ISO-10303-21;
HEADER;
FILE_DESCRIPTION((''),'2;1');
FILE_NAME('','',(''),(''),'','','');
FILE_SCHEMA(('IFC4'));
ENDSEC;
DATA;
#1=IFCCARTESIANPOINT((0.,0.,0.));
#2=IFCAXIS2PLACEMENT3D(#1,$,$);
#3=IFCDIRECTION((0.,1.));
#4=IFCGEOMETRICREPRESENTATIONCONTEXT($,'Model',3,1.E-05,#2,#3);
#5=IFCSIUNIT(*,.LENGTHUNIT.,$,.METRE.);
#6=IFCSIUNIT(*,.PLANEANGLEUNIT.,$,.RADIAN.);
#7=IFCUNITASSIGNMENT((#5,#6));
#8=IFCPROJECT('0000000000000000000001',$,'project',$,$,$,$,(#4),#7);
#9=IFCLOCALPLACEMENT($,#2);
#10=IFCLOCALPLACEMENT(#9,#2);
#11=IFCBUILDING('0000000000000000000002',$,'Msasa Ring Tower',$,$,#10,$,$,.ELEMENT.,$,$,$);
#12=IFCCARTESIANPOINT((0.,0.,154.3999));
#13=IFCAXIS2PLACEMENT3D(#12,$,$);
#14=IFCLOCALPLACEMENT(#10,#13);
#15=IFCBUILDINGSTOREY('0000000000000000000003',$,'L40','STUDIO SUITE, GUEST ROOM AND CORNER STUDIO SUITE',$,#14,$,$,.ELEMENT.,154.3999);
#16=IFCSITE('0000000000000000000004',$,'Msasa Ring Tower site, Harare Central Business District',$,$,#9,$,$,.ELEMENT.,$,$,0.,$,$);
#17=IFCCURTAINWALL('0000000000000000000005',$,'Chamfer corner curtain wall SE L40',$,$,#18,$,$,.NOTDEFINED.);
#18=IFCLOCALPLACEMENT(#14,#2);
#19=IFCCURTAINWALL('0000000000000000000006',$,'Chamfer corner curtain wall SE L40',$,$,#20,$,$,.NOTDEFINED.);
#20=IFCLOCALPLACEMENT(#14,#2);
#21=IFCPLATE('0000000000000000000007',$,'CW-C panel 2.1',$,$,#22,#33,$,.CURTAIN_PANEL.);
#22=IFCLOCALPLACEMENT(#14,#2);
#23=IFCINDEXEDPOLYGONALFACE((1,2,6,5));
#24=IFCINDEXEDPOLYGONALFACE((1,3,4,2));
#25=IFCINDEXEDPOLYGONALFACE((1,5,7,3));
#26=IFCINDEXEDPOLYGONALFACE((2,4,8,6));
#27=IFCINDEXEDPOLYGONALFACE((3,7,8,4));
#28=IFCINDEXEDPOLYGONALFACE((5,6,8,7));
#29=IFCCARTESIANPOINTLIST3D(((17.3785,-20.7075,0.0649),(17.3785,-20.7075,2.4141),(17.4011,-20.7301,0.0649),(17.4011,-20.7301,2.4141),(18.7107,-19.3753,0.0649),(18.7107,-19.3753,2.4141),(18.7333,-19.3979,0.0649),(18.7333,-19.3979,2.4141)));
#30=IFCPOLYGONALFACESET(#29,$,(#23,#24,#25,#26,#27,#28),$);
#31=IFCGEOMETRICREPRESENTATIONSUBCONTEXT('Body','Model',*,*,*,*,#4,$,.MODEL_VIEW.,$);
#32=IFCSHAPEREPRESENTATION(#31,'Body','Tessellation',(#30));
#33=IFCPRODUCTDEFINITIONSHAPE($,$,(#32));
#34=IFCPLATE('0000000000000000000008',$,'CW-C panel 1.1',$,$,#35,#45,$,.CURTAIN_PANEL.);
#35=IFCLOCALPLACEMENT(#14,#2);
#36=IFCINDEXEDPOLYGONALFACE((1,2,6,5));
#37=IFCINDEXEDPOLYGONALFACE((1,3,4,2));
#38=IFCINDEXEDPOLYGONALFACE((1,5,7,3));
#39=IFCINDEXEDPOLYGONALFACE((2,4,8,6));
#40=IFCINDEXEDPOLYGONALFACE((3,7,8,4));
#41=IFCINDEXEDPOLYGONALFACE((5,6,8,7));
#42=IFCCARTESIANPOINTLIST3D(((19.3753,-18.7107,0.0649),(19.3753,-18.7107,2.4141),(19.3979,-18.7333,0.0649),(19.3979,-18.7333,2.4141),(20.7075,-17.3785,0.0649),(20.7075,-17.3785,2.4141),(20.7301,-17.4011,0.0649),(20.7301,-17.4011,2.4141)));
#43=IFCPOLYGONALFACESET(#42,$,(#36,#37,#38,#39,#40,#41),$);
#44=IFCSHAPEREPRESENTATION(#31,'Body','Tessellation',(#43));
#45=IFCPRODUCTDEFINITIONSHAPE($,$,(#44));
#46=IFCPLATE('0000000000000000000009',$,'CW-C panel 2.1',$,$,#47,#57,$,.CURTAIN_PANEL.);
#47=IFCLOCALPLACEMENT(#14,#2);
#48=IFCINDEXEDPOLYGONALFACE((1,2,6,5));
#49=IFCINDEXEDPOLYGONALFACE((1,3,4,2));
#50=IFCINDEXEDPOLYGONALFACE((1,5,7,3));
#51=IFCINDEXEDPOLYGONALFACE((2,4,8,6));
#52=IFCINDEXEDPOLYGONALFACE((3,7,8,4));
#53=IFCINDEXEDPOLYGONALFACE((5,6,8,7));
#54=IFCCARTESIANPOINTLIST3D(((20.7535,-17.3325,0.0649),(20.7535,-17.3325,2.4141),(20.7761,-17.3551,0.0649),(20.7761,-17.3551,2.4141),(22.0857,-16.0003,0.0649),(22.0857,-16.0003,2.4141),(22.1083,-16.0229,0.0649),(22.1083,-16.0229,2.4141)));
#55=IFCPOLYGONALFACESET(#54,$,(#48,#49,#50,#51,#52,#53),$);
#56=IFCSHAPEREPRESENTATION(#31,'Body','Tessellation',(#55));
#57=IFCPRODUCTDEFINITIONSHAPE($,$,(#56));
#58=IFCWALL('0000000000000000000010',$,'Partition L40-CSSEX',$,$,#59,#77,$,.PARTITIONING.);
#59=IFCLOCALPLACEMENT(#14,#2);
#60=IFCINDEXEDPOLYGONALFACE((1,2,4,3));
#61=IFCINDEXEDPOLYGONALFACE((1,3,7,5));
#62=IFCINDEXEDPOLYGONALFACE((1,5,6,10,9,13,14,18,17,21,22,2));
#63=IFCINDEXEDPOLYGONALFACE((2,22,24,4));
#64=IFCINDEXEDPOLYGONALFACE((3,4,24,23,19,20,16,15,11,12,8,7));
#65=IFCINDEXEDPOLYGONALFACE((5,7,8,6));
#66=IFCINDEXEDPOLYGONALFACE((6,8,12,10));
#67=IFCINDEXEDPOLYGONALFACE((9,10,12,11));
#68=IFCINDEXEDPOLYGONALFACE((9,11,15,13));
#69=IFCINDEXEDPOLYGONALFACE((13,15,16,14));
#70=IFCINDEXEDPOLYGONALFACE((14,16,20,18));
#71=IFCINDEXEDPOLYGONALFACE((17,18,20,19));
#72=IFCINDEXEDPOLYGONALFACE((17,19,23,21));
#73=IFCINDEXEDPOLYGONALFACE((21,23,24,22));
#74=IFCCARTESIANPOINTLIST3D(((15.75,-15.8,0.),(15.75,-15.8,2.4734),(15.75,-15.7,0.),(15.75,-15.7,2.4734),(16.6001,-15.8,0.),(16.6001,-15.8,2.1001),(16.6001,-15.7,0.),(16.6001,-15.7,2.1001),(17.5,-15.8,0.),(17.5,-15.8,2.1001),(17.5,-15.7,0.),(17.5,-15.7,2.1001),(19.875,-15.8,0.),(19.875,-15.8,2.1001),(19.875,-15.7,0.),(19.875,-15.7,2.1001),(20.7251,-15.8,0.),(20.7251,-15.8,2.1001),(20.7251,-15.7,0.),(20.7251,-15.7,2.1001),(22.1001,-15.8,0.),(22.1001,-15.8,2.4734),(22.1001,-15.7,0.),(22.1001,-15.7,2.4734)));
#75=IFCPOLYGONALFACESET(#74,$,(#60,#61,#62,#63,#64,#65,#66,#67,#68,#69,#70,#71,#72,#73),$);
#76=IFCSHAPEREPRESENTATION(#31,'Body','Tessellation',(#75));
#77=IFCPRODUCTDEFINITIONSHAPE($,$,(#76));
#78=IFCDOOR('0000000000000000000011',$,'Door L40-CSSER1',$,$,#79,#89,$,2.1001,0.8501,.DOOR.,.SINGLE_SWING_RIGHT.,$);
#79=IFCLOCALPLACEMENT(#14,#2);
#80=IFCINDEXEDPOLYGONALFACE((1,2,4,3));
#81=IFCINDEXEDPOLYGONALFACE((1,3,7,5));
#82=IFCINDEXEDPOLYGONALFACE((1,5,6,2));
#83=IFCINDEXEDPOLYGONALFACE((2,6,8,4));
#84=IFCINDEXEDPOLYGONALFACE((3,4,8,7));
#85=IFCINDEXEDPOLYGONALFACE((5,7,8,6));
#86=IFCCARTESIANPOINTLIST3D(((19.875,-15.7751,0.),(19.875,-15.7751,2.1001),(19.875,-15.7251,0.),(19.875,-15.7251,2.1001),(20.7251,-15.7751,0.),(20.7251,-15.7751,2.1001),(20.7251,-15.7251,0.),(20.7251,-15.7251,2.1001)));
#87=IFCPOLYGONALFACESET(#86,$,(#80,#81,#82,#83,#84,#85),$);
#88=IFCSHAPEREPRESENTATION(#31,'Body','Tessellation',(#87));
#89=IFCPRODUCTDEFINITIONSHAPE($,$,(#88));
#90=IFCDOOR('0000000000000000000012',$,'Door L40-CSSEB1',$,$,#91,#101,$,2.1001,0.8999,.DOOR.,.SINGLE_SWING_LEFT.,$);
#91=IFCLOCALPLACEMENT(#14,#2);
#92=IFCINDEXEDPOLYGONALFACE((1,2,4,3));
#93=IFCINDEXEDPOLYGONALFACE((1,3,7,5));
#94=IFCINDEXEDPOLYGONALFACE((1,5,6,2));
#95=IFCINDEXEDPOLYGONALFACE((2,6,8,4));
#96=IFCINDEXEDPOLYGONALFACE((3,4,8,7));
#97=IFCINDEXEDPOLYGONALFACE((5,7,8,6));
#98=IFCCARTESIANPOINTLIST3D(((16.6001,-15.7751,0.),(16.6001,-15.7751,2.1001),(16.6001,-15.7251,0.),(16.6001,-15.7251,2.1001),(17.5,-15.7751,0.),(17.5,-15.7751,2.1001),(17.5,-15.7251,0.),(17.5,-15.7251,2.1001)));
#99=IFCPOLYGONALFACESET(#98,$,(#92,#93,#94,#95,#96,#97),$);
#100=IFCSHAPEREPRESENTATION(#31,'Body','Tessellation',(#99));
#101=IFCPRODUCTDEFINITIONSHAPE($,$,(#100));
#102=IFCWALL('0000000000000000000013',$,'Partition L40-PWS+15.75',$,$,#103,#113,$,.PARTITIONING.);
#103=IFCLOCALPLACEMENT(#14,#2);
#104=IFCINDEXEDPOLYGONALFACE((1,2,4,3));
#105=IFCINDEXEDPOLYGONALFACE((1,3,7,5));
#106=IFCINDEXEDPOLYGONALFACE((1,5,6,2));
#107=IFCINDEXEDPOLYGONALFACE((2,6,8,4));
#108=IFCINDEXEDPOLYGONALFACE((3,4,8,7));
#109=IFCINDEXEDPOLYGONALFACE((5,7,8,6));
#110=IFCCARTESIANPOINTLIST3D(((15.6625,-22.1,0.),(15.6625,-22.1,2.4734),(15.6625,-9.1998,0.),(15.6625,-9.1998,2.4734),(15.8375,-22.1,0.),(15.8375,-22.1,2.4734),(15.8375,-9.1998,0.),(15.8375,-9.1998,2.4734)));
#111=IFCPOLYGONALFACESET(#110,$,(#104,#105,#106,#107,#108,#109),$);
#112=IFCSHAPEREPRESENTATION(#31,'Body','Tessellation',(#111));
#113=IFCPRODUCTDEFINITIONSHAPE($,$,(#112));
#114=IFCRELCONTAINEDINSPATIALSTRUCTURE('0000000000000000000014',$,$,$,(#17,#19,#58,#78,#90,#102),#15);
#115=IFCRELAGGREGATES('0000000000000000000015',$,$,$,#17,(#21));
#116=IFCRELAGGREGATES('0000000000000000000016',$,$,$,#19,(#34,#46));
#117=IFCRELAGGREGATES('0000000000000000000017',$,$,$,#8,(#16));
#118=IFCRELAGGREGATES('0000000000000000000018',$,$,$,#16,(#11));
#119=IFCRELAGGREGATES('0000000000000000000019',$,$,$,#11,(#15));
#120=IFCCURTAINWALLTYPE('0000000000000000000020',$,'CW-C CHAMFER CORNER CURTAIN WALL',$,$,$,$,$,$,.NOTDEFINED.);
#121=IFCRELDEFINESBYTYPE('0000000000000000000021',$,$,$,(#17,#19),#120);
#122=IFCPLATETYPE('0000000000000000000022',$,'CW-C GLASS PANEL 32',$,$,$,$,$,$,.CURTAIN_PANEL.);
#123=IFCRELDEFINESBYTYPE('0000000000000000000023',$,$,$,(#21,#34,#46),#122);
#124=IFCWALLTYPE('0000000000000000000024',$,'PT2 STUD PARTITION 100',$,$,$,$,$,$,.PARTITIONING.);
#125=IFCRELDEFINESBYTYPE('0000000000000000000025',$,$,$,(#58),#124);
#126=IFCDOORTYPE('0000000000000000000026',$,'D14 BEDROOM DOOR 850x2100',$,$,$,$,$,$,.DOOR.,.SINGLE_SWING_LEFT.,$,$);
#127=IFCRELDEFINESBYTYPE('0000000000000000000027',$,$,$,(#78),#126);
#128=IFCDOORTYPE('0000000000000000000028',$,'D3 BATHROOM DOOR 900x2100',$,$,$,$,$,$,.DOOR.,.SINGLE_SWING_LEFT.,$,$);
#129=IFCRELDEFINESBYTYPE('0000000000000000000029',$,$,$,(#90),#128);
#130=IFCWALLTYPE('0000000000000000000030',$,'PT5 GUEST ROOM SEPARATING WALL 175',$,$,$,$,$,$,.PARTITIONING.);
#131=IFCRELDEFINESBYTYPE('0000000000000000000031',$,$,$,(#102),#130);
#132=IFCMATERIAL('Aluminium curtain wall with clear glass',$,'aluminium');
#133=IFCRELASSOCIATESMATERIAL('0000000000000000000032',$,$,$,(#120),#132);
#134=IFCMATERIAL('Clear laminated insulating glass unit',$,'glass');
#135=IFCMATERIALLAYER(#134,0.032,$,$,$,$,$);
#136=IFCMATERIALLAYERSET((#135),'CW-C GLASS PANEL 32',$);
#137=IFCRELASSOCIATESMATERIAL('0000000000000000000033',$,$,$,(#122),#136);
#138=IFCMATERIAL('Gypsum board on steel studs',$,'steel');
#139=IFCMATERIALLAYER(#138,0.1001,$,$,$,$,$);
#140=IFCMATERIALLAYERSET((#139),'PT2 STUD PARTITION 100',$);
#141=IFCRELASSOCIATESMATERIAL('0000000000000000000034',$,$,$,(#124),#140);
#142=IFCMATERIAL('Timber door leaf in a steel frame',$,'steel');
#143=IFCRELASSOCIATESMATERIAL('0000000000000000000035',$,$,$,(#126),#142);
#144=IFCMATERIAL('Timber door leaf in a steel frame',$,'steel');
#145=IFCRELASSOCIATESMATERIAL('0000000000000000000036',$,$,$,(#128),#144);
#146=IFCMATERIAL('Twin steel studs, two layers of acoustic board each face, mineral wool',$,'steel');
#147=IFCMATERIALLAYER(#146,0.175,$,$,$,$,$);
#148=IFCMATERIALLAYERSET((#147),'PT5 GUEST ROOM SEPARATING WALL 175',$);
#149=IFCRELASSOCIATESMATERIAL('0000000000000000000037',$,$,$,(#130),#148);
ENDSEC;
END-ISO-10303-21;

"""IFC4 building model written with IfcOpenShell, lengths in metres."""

from ifc_helpers import new_model, si_unit, direction, frame, frame_2d, origin, origin_2d, place, context, subcontext, project, spatial, rectangle, extrude, material, layer, layer_set, type_object, element, fill, aggregate, save


model = new_model("IFC4")

# Units and contexts
model_context = context("Model", 3, precision=1e-05, world=origin(), true_north=direction((0.0, 1.0)))
body_context = subcontext(model_context, "Body", "Model", "MODEL_VIEW")
ifc_project = project(units=[si_unit("LENGTHUNIT", "METRE"), si_unit("PLANEANGLEUNIT", "RADIAN")], contexts=[model_context])

# Site, building, storey
site_placement = place(None, origin())
site = spatial("IfcSite", under=ifc_project, at=site_placement, Name="Msasa Ring Tower site, Harare Central Business District", CompositionType="ELEMENT", RefElevation=0.0)
building_placement = place(site_placement, origin())
building = spatial("IfcBuilding", under=site, at=building_placement, Name="Msasa Ring Tower", CompositionType="ELEMENT")
storey_placement = place(building_placement, frame((0.0, 0.0, 154.3999)))
storey = spatial("IfcBuildingStorey", under=building, at=storey_placement, Name="L40", Description="STUDIO SUITE, GUEST ROOM AND CORNER STUDIO SUITE", CompositionType="ELEMENT", Elevation=154.3999)

# Curtain walls
ifc_material_1 = material(Name="Aluminium curtain wall with clear glass", Category="aluminium")
curtain_wall_type = type_object("IfcCurtainWallType", Name="CW-C CHAMFER CORNER CURTAIN WALL", PredefinedType="NOTDEFINED", material=ifc_material_1)
curtain_wall_1_placement = place(storey_placement, origin())
curtain_wall_1 = element("IfcCurtainWall", 1, at=curtain_wall_1_placement, inside=storey, type_object=curtain_wall_type, Name="Chamfer corner curtain wall SE L40", PredefinedType="NOTDEFINED")
curtain_wall_2_placement = place(storey_placement, origin())
curtain_wall_2 = element("IfcCurtainWall", 2, at=curtain_wall_2_placement, inside=storey, type_object=curtain_wall_type, Name="Chamfer corner curtain wall SE L40", PredefinedType="NOTDEFINED")

# Plates
ifc_material_2 = material(Name="Clear laminated insulating glass unit", Category="glass")
ifc_layer_1 = layer(ifc_material_2, 0.032)
ifc_layer_set_1 = layer_set([ifc_layer_1], Name="CW-C GLASS PANEL 32")
plate_type = type_object("IfcPlateType", Name="CW-C GLASS PANEL 32", PredefinedType="CURTAIN_PANEL", material=ifc_layer_set_1)
plate_1_placement = place(storey_placement, frame((18.0559, -20.0527, 0.0649), z_axis=(0.0, 0.0, 1.0), x_axis=(0.707107, 0.707107, 0.0)))
plate_1 = element("IfcPlate", 3, at=plate_1_placement, type_object=plate_type, Name="CW-C panel 2.1", PredefinedType="CURTAIN_PANEL", context=body_context, shape_type="SweptSolid", body=[
    extrude(rectangle(XDim=1.884, YDim=0.032, at=origin_2d()), origin(), (0.0, 0.0, 1.0), 2.3491),
])
aggregate(curtain_wall_1, [plate_1])
plate_2_placement = place(storey_placement, frame((20.0527, -18.0559, 0.0649), z_axis=(0.0, 0.0, 1.0), x_axis=(0.707107, 0.707107, 0.0)))
plate_2 = element("IfcPlate", 4, at=plate_2_placement, type_object=plate_type, Name="CW-C panel 1.1", PredefinedType="CURTAIN_PANEL", context=body_context, shape_type="SweptSolid", body=[
    extrude(rectangle(XDim=1.884, YDim=0.032, at=origin_2d()), origin(), (0.0, 0.0, 1.0), 2.3491),
])
plate_3_placement = place(storey_placement, frame((21.4309, -16.6777, 0.0649), z_axis=(0.0, 0.0, 1.0), x_axis=(0.707107, 0.707107, 0.0)))
plate_3 = element("IfcPlate", 5, at=plate_3_placement, type_object=plate_type, Name="CW-C panel 2.1", PredefinedType="CURTAIN_PANEL", context=body_context, shape_type="SweptSolid", body=[
    extrude(rectangle(XDim=1.884, YDim=0.032, at=origin_2d()), origin(), (0.0, 0.0, 1.0), 2.3491),
])
aggregate(curtain_wall_2, [plate_2, plate_3])

# Wall, openings, doors
ifc_material_3 = material(Name="Gypsum board on steel studs", Category="steel")
ifc_layer_2 = layer(ifc_material_3, 0.1001)
ifc_layer_set_2 = layer_set([ifc_layer_2], Name="PT2 STUD PARTITION 100")
wall_type_1 = type_object("IfcWallType", Name="PT2 STUD PARTITION 100", PredefinedType="PARTITIONING", material=ifc_layer_set_2)
wall_1_placement = place(storey_placement, frame((15.75, -15.75, 0.0), z_axis=(0.0, 0.0, 1.0), x_axis=(1.0, 0.0, 0.0)))
wall_1 = element("IfcWall", 6, at=wall_1_placement, inside=storey, type_object=wall_type_1, Name="Partition L40-CSSEX", PredefinedType="PARTITIONING", context=body_context, shape_type="SweptSolid", body=[
    extrude(rectangle(XDim=6.3501, YDim=0.1001, at=frame_2d((3.175, 0.0))), origin(), (0.0, 0.0, 1.0), 2.4734),
])
opening_1_placement = place(wall_1_placement, frame((4.125, 0.0, 0.0)))
opening_1 = element("IfcOpeningElement", 7, at=opening_1_placement, cuts=wall_1, PredefinedType="OPENING", context=body_context, shape_type="SweptSolid", body=[
    extrude(rectangle(XDim=0.8501, YDim=2.1001, at=frame_2d((0.425, 1.05))), frame((0.0, 0.0601, 0.0), z_axis=(0.0, -1.0, 0.0), x_axis=(1.0, 0.0, 0.0)), (0.0, 0.0, 1.0), 0.1201),
])
opening_2_placement = place(wall_1_placement, frame((0.8501, 0.0, 0.0)))
opening_2 = element("IfcOpeningElement", 8, at=opening_2_placement, cuts=wall_1, PredefinedType="OPENING", context=body_context, shape_type="SweptSolid", body=[
    extrude(rectangle(XDim=0.8999, YDim=2.1001, at=frame_2d((0.45, 1.05))), frame((0.0, 0.0601, 0.0), z_axis=(0.0, -1.0, 0.0), x_axis=(1.0, 0.0, 0.0)), (0.0, 0.0, 1.0), 0.1201),
])
ifc_material_4 = material(Name="Timber door leaf in a steel frame", Category="steel")
door_type_1 = type_object("IfcDoorType", Name="D14 BEDROOM DOOR 850x2100", OperationType="SINGLE_SWING_LEFT", PredefinedType="DOOR", material=ifc_material_4)
door_1_placement = place(opening_1_placement, origin())
door_1 = element("IfcDoor", 9, at=door_1_placement, inside=storey, type_object=door_type_1, Name="Door L40-CSSER1", OperationType="SINGLE_SWING_RIGHT", OverallHeight=2.1001, OverallWidth=0.8501, PredefinedType="DOOR", context=body_context, shape_type="SweptSolid", body=[
    extrude(rectangle(XDim=0.8501, YDim=2.1001, at=frame_2d((0.425, 1.05))), frame((0.0, 0.0249, 0.0), z_axis=(0.0, -1.0, 0.0), x_axis=(1.0, 0.0, 0.0)), (0.0, 0.0, 1.0), 0.05),
])
fill(opening_1, door_1)
ifc_material_5 = material(Name="Timber door leaf in a steel frame", Category="steel")
door_type_2 = type_object("IfcDoorType", Name="D3 BATHROOM DOOR 900x2100", OperationType="SINGLE_SWING_LEFT", PredefinedType="DOOR", material=ifc_material_5)
door_2_placement = place(opening_2_placement, origin())
door_2 = element("IfcDoor", 10, at=door_2_placement, inside=storey, type_object=door_type_2, Name="Door L40-CSSEB1", OperationType="SINGLE_SWING_LEFT", OverallHeight=2.1001, OverallWidth=0.8999, PredefinedType="DOOR", context=body_context, shape_type="SweptSolid", body=[
    extrude(rectangle(XDim=0.8999, YDim=2.1001, at=frame_2d((0.45, 1.05))), frame((0.0, 0.0249, 0.0), z_axis=(0.0, -1.0, 0.0), x_axis=(1.0, 0.0, 0.0)), (0.0, 0.0, 1.0), 0.05),
])
fill(opening_2, door_2)

# Wall
ifc_material_6 = material(Name="Twin steel studs, two layers of acoustic board each face, mineral wool", Category="steel")
ifc_layer_3 = layer(ifc_material_6, 0.175)
ifc_layer_set_3 = layer_set([ifc_layer_3], Name="PT5 GUEST ROOM SEPARATING WALL 175")
wall_type_2 = type_object("IfcWallType", Name="PT5 GUEST ROOM SEPARATING WALL 175", PredefinedType="PARTITIONING", material=ifc_layer_set_3)
wall_2_placement = place(storey_placement, frame((15.75, -22.1001, 0.0), z_axis=(0.0, 0.0, 1.0), x_axis=(0.0, 1.0, 0.0)))
element("IfcWall", 11, at=wall_2_placement, inside=storey, type_object=wall_type_2, Name="Partition L40-PWS+15.75", PredefinedType="PARTITIONING", context=body_context, shape_type="SweptSolid", body=[
    extrude(rectangle(XDim=12.9001, YDim=0.175, at=frame_2d((6.4502, 0.0))), origin(), (0.0, 0.0, 1.0), 2.4734),
])

save(model, "model.ifc")
